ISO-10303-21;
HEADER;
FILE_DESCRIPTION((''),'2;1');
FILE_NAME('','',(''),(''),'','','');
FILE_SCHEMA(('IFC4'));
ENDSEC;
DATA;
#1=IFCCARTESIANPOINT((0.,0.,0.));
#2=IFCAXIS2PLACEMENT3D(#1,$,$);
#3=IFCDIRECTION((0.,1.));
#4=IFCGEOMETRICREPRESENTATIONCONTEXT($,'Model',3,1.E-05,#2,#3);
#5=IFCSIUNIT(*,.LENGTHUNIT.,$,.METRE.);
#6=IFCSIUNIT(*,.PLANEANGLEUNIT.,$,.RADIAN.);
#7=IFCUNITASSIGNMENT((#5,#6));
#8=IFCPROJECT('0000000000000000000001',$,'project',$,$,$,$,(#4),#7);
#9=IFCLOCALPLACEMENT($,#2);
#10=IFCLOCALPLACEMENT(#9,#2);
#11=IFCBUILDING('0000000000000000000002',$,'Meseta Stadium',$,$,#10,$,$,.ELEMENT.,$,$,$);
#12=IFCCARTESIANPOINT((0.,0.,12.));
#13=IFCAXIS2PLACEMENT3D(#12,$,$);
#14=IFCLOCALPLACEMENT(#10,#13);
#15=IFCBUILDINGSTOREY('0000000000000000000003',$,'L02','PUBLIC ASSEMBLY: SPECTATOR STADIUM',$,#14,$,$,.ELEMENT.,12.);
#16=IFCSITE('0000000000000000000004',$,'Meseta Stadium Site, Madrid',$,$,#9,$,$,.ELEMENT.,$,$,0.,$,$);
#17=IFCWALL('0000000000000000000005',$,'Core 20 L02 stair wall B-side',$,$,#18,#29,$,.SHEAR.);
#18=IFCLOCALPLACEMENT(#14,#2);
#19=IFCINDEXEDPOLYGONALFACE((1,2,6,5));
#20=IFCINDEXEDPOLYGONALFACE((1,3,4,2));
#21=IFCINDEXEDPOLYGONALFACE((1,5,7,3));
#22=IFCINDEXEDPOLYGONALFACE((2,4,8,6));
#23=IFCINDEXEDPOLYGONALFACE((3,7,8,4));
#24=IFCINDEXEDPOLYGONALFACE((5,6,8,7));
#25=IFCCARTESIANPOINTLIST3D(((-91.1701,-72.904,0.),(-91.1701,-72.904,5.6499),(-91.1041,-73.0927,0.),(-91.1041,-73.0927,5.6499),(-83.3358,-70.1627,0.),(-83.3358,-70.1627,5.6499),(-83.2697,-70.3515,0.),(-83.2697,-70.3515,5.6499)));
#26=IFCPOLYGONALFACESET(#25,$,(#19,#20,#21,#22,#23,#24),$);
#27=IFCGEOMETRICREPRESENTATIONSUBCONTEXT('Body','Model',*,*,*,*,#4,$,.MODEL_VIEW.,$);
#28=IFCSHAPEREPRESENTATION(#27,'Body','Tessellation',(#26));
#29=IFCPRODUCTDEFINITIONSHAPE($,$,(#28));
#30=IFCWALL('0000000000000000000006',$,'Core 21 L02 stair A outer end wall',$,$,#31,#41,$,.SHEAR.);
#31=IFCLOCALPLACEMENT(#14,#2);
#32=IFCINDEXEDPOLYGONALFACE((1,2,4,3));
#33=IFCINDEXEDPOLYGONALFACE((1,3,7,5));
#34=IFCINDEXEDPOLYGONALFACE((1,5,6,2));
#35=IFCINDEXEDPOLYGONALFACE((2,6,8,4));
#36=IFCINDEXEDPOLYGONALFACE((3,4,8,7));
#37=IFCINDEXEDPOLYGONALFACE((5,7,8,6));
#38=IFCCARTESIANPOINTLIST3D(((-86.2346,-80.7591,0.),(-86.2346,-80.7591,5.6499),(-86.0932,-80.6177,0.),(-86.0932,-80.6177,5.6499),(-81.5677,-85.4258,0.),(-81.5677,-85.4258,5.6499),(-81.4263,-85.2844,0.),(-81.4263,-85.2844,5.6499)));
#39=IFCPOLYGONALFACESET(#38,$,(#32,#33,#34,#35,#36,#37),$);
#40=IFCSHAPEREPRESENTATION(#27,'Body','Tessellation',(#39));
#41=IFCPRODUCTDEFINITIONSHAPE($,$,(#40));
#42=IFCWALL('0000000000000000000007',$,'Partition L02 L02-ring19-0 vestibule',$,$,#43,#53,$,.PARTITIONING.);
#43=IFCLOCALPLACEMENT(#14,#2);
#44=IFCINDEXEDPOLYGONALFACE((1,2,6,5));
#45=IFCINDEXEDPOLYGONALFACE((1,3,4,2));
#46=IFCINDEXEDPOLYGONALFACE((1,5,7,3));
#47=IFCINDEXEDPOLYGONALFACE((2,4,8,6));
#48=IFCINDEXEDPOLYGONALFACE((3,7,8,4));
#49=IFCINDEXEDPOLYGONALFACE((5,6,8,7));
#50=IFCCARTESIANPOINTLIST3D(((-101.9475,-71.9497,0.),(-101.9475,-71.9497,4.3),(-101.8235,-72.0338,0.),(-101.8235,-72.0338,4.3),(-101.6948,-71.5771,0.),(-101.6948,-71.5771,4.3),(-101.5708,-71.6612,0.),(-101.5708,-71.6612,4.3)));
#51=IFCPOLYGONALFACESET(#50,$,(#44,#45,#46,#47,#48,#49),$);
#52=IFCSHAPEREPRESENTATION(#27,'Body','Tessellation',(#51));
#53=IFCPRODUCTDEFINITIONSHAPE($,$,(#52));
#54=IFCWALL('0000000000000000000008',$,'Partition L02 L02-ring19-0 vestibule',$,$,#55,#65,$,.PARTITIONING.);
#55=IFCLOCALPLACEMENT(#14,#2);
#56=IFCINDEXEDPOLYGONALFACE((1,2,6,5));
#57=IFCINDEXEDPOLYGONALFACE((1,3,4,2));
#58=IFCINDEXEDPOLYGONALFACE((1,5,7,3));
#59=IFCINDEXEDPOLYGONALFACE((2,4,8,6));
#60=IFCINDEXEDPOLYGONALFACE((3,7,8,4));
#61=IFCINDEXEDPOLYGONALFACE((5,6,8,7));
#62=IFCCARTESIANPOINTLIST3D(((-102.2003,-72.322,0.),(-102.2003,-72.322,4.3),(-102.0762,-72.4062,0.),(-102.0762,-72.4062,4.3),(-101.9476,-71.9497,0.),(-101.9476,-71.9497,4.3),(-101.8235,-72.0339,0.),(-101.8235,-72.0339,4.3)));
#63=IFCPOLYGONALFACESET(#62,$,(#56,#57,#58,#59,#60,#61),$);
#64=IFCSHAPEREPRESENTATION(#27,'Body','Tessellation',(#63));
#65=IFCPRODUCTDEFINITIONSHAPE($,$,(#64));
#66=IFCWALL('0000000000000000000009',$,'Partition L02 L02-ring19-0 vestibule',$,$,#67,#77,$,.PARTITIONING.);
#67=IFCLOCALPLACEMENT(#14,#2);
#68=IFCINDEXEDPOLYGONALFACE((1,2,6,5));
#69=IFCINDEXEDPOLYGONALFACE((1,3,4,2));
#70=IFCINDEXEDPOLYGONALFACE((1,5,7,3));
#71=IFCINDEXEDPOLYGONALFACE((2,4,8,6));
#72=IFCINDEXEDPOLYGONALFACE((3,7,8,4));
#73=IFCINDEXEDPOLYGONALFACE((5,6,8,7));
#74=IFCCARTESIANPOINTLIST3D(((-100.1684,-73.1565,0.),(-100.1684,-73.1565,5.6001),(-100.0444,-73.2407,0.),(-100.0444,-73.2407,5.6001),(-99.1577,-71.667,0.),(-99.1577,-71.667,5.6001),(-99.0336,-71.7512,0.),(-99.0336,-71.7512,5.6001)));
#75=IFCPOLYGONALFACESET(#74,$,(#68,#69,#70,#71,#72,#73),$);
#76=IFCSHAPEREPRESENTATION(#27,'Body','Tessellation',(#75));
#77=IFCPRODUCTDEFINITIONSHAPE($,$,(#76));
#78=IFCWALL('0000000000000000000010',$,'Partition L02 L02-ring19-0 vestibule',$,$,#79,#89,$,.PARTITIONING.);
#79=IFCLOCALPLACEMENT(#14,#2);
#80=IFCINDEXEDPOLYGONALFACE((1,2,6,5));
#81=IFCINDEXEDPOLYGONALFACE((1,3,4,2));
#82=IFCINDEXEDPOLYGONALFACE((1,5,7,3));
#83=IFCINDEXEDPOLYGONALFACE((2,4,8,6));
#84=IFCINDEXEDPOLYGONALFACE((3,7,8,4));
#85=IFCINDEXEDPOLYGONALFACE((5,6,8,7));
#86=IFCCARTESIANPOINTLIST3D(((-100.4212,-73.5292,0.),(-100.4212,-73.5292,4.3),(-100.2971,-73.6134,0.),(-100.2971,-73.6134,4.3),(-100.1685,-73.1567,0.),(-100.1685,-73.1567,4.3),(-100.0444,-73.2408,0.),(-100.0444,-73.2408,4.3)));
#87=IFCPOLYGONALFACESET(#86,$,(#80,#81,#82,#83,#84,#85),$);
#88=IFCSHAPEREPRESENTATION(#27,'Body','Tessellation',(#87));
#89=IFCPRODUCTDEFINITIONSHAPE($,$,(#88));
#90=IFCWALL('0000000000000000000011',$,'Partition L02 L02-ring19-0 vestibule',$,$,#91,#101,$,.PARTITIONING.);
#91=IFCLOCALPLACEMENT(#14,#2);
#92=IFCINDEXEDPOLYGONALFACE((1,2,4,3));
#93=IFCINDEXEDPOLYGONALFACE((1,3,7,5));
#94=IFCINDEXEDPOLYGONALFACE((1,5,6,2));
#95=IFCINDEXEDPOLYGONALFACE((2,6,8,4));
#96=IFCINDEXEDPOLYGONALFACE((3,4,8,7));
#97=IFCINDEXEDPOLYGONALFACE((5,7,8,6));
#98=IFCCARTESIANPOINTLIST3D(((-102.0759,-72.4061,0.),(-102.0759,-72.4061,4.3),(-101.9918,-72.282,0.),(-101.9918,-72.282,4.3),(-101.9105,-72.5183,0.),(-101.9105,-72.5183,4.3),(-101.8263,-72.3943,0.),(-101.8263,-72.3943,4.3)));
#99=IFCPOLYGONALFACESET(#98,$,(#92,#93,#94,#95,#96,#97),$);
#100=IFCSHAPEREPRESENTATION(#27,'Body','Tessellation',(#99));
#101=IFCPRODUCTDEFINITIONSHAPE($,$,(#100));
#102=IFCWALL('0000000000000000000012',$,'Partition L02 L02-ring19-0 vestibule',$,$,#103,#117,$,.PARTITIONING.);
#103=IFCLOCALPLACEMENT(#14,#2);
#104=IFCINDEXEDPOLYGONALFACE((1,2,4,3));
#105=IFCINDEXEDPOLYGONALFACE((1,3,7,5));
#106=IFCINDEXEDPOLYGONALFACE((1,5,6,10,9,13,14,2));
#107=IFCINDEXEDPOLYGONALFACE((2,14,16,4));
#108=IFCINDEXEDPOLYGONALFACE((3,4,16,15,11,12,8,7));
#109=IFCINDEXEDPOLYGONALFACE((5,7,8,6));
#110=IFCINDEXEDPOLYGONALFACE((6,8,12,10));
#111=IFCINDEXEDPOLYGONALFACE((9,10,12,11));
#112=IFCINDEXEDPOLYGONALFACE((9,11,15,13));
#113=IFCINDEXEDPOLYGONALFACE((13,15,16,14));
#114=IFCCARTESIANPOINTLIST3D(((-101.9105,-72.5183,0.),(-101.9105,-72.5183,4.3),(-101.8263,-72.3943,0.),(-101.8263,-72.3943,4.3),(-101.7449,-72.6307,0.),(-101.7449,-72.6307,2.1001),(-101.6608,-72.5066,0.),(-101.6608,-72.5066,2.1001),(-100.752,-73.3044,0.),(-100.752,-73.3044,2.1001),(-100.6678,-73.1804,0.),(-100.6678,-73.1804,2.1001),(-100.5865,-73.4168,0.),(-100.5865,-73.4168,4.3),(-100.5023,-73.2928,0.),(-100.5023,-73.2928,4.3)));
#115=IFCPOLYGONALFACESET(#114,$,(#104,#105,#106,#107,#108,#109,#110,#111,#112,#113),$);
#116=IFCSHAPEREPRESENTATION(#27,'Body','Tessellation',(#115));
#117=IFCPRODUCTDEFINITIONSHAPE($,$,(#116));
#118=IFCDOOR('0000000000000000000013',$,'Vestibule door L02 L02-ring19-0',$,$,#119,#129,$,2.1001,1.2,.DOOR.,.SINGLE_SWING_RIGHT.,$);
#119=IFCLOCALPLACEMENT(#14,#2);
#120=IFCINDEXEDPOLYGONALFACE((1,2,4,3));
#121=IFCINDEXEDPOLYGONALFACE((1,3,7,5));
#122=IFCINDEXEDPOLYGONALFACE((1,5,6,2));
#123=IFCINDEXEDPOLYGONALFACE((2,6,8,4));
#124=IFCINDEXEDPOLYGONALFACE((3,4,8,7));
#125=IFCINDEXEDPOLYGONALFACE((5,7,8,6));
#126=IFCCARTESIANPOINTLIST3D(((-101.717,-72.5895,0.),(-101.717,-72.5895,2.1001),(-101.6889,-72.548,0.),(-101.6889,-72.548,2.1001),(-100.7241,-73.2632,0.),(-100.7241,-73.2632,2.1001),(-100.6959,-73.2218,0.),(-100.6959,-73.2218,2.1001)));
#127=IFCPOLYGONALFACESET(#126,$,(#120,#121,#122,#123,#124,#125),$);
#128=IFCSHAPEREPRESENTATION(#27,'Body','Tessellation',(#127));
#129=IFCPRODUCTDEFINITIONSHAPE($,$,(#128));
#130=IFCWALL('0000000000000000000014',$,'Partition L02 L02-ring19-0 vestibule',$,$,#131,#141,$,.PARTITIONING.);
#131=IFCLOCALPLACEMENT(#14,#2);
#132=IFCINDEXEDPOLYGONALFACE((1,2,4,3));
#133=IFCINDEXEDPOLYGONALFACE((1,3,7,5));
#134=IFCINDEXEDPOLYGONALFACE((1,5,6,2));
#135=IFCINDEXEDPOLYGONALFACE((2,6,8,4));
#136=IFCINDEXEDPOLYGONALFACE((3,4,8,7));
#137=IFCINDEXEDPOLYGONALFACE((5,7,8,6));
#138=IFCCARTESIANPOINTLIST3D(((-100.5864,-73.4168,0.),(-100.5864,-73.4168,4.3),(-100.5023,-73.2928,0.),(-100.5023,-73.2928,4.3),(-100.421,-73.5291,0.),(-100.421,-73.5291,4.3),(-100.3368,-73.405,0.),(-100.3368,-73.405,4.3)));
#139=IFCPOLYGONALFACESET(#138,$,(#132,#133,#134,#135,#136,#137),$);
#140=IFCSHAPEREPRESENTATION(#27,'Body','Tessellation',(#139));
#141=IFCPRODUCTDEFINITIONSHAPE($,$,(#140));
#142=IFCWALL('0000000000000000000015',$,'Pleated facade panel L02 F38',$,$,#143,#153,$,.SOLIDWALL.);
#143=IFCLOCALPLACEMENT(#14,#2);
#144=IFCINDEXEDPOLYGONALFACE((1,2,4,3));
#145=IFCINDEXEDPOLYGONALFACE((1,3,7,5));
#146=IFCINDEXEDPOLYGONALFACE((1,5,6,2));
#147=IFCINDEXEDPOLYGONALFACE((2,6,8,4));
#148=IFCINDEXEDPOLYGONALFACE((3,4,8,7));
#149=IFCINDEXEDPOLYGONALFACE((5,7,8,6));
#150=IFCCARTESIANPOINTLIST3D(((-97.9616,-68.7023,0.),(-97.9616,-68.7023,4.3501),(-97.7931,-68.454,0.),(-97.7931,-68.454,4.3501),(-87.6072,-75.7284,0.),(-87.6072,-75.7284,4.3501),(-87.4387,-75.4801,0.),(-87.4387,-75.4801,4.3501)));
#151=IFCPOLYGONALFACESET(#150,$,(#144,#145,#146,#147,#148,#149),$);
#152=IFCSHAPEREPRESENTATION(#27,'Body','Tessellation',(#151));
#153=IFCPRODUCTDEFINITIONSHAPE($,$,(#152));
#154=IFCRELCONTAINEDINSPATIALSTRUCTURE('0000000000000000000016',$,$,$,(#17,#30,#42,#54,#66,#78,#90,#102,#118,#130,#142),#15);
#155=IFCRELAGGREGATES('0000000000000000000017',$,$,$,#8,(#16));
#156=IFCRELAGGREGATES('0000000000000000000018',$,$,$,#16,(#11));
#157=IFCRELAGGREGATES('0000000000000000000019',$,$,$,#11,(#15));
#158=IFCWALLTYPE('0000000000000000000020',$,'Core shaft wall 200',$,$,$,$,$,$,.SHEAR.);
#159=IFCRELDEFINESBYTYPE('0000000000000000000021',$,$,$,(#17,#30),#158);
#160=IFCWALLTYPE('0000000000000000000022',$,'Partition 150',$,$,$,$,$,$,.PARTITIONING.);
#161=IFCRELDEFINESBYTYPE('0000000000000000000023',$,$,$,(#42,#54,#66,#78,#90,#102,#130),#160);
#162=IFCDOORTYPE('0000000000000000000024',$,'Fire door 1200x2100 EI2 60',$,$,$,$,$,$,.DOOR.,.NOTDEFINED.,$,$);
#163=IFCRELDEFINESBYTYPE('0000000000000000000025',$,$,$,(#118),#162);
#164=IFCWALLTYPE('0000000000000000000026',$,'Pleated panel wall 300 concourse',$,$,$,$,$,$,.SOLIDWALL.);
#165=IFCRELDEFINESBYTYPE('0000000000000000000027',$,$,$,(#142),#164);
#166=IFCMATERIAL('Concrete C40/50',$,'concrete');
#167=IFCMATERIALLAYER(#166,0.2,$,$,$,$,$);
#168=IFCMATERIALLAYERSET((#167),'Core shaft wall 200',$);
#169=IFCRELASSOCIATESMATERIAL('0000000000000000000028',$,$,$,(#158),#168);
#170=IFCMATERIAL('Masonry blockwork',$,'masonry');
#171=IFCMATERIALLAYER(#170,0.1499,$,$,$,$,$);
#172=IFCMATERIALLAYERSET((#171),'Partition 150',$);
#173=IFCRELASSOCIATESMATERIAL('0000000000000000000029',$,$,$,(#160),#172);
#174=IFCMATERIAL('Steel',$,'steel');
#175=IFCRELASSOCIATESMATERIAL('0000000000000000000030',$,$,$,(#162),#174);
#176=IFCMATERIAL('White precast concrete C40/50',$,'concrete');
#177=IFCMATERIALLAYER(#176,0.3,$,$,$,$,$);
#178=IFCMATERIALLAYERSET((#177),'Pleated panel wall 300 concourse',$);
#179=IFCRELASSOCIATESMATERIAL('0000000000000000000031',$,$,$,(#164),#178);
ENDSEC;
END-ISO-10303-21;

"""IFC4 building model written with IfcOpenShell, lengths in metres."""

from ifc_helpers import new_model, si_unit, direction, frame, frame_2d, origin, place, context, subcontext, project, spatial, rectangle, extrude, material, layer, layer_set, type_object, element, fill, save


model = new_model("IFC4")

# Units and contexts
model_context = context("Model", 3, precision=1e-05, world=origin(), true_north=direction((0.0, 1.0)))
body_context = subcontext(model_context, "Body", "Model", "MODEL_VIEW")
ifc_project = project(units=[si_unit("LENGTHUNIT", "METRE"), si_unit("PLANEANGLEUNIT", "RADIAN")], contexts=[model_context])

# Site, building, storey
site_placement = place(None, origin())
site = spatial("IfcSite", under=ifc_project, at=site_placement, Name="Meseta Stadium Site, Madrid", CompositionType="ELEMENT", RefElevation=0.0)
building_placement = place(site_placement, origin())
building = spatial("IfcBuilding", under=site, at=building_placement, Name="Meseta Stadium", CompositionType="ELEMENT")
storey_placement = place(building_placement, frame((0.0, 0.0, 12.0)))
storey = spatial("IfcBuildingStorey", under=building, at=storey_placement, Name="L02", Description="PUBLIC ASSEMBLY: SPECTATOR STADIUM", CompositionType="ELEMENT", Elevation=12.0)

# Walls
ifc_material_1 = material(Name="Concrete C40/50", Category="concrete")
ifc_layer_1 = layer(ifc_material_1, 0.2)
ifc_layer_set_1 = layer_set([ifc_layer_1], Name="Core shaft wall 200")
wall_type_1 = type_object("IfcWallType", Name="Core shaft wall 200", PredefinedType="SHEAR", material=ifc_layer_set_1)
wall_1_placement = place(storey_placement, frame((-91.137, -72.9983, 0.0), z_axis=(0.0, 0.0, 1.0), x_axis=(0.943887, 0.330268, 0.0)))
element("IfcWall", 1, at=wall_1_placement, inside=storey, type_object=wall_type_1, Name="Core 20 L02 stair wall B-side", PredefinedType="SHEAR", context=body_context, shape_type="SweptSolid", body=[
    extrude(rectangle(XDim=8.3, YDim=0.2, at=frame_2d((4.1499, 0.0))), origin(), (0.0, 0.0, 1.0), 5.6499),
])
wall_2_placement = place(storey_placement, frame((-86.1638, -80.6885, 0.0), z_axis=(0.0, 0.0, 1.0), x_axis=(0.707125, -0.707088, 0.0)))
element("IfcWall", 2, at=wall_2_placement, inside=storey, type_object=wall_type_1, Name="Core 21 L02 stair A outer end wall", PredefinedType="SHEAR", context=body_context, shape_type="SweptSolid", body=[
    extrude(rectangle(XDim=6.5999, YDim=0.2, at=frame_2d((3.2998, 0.0))), origin(), (0.0, 0.0, 1.0), 5.6499),
])
ifc_material_2 = material(Name="Masonry blockwork", Category="masonry")
ifc_layer_2 = layer(ifc_material_2, 0.1499)
ifc_layer_set_2 = layer_set([ifc_layer_2], Name="Partition 150")
wall_type_2 = type_object("IfcWallType", Name="Partition 150", PredefinedType="PARTITIONING", material=ifc_layer_set_2)
wall_3_placement = place(storey_placement, frame((-101.6328, -71.6191, 0.0), z_axis=(0.0, 0.0, 1.0), x_axis=(-0.561316, -0.827602, 0.0)))
element("IfcWall", 3, at=wall_3_placement, inside=storey, type_object=wall_type_2, Name="Partition L02 L02-ring19-0 vestibule", PredefinedType="PARTITIONING", context=body_context, shape_type="SweptSolid", body=[
    extrude(rectangle(XDim=0.4502, YDim=0.1499, at=frame_2d((0.2251, 0.0))), origin(), (0.0, 0.0, 1.0), 4.3),
])
wall_4_placement = place(storey_placement, frame((-101.8855, -71.9917, 0.0), z_axis=(0.0, 0.0, 1.0), x_axis=(-0.561568, -0.827431, 0.0)))
element("IfcWall", 4, at=wall_4_placement, inside=storey, type_object=wall_type_2, Name="Partition L02 L02-ring19-0 vestibule", PredefinedType="PARTITIONING", context=body_context, shape_type="SweptSolid", body=[
    extrude(rectangle(XDim=0.45, YDim=0.1499, at=frame_2d((0.2251, 0.0))), origin(), (0.0, 0.0, 1.0), 4.3),
])
wall_5_placement = place(storey_placement, frame((-99.0957, -71.7092, 0.0), z_axis=(0.0, 0.0, 1.0), x_axis=(-0.561505, -0.827474, 0.0)))
element("IfcWall", 5, at=wall_5_placement, inside=storey, type_object=wall_type_2, Name="Partition L02 L02-ring19-0 vestibule", PredefinedType="PARTITIONING", context=body_context, shape_type="SweptSolid", body=[
    extrude(rectangle(XDim=1.8, YDim=0.1499, at=frame_2d((0.8999, 0.0))), origin(), (0.0, 0.0, 1.0), 5.6001),
])
wall_6_placement = place(storey_placement, frame((-100.1064, -73.1987, 0.0), z_axis=(0.0, 0.0, 1.0), x_axis=(-0.561316, -0.827602, 0.0)))
element("IfcWall", 6, at=wall_6_placement, inside=storey, type_object=wall_type_2, Name="Partition L02 L02-ring19-0 vestibule", PredefinedType="PARTITIONING", context=body_context, shape_type="SweptSolid", body=[
    extrude(rectangle(XDim=0.4502, YDim=0.1499, at=frame_2d((0.2251, 0.0))), origin(), (0.0, 0.0, 1.0), 4.3),
])
wall_7_placement = place(storey_placement, frame((-102.0339, -72.344, 0.0), z_axis=(0.0, 0.0, 1.0), x_axis=(0.827516, -0.561442, 0.0)))
element("IfcWall", 7, at=wall_7_placement, inside=storey, type_object=wall_type_2, Name="Partition L02 L02-ring19-0 vestibule", PredefinedType="PARTITIONING", context=body_context, shape_type="SweptSolid", body=[
    extrude(rectangle(XDim=0.2, YDim=0.1499, at=frame_2d((0.1001, 0.0))), origin(), (0.0, 0.0, 1.0), 4.3),
])

# Wall, opening, door
wall_8_placement = place(storey_placement, frame((-101.8684, -72.4563, 0.0), z_axis=(0.0, 0.0, 1.0), x_axis=(0.827468, -0.561513, 0.0)))
wall_8 = element("IfcWall", 8, at=wall_8_placement, inside=storey, type_object=wall_type_2, Name="Partition L02 L02-ring19-0 vestibule", PredefinedType="PARTITIONING", context=body_context, shape_type="SweptSolid", body=[
    extrude(rectangle(XDim=1.6001, YDim=0.1499, at=frame_2d((0.8, 0.0))), origin(), (0.0, 0.0, 1.0), 4.3),
])
opening_placement = place(wall_8_placement, frame((0.2, 0.0, 0.0)))
opening = element("IfcOpeningElement", 9, at=opening_placement, cuts=wall_8, PredefinedType="OPENING", context=body_context, shape_type="SweptSolid", body=[
    extrude(rectangle(XDim=1.2, YDim=2.1001, at=frame_2d((0.6001, 1.05))), frame((0.0, 0.085, 0.0), z_axis=(0.0, -1.0, 0.0), x_axis=(1.0, 0.0, 0.0)), (0.0, 0.0, 1.0), 0.1699),
])
ifc_material_3 = material(Name="Steel", Category="steel")
door_type = type_object("IfcDoorType", Name="Fire door 1200x2100 EI2 60", OperationType="NOTDEFINED", PredefinedType="DOOR", material=ifc_material_3)
door_placement = place(opening_placement, origin())
door = element("IfcDoor", 10, at=door_placement, inside=storey, type_object=door_type, Name="Vestibule door L02 L02-ring19-0", OperationType="SINGLE_SWING_RIGHT", OverallHeight=2.1001, OverallWidth=1.2, PredefinedType="DOOR", context=body_context, shape_type="SweptSolid", body=[
    extrude(rectangle(XDim=1.2, YDim=2.1001, at=frame_2d((0.6001, 1.05))), frame((0.0, 0.0249, 0.0), z_axis=(0.0, -1.0, 0.0), x_axis=(1.0, 0.0, 0.0)), (0.0, 0.0, 1.0), 0.05),
])
fill(opening, door)

# Walls
wall_9_placement = place(storey_placement, frame((-100.5444, -73.3547, 0.0), z_axis=(0.0, 0.0, 1.0), x_axis=(0.827516, -0.561442, 0.0)))
element("IfcWall", 11, at=wall_9_placement, inside=storey, type_object=wall_type_2, Name="Partition L02 L02-ring19-0 vestibule", PredefinedType="PARTITIONING", context=body_context, shape_type="SweptSolid", body=[
    extrude(rectangle(XDim=0.2, YDim=0.1499, at=frame_2d((0.1001, 0.0))), origin(), (0.0, 0.0, 1.0), 4.3),
])
ifc_material_4 = material(Name="White precast concrete C40/50", Category="concrete")
ifc_layer_3 = layer(ifc_material_4, 0.3)
ifc_layer_set_3 = layer_set([ifc_layer_3], Name="Pleated panel wall 300 concourse")
wall_type_3 = type_object("IfcWallType", Name="Pleated panel wall 300 concourse", PredefinedType="SOLIDWALL", material=ifc_layer_set_3)
wall_10_placement = place(storey_placement, frame((-87.5229, -75.6042, 0.0), z_axis=(0.0, 0.0, 1.0), x_axis=(-0.827481, 0.561494, 0.0)))
element("IfcWall", 12, at=wall_10_placement, inside=storey, type_object=wall_type_3, Name="Pleated facade panel L02 F38", PredefinedType="SOLIDWALL", context=body_context, shape_type="SweptSolid", body=[
    extrude(rectangle(XDim=12.5132, YDim=0.3, at=frame_2d((6.2566, 0.0))), origin(), (0.0, 0.0, 1.0), 4.3501),
])

save(model, "model.ifc")
